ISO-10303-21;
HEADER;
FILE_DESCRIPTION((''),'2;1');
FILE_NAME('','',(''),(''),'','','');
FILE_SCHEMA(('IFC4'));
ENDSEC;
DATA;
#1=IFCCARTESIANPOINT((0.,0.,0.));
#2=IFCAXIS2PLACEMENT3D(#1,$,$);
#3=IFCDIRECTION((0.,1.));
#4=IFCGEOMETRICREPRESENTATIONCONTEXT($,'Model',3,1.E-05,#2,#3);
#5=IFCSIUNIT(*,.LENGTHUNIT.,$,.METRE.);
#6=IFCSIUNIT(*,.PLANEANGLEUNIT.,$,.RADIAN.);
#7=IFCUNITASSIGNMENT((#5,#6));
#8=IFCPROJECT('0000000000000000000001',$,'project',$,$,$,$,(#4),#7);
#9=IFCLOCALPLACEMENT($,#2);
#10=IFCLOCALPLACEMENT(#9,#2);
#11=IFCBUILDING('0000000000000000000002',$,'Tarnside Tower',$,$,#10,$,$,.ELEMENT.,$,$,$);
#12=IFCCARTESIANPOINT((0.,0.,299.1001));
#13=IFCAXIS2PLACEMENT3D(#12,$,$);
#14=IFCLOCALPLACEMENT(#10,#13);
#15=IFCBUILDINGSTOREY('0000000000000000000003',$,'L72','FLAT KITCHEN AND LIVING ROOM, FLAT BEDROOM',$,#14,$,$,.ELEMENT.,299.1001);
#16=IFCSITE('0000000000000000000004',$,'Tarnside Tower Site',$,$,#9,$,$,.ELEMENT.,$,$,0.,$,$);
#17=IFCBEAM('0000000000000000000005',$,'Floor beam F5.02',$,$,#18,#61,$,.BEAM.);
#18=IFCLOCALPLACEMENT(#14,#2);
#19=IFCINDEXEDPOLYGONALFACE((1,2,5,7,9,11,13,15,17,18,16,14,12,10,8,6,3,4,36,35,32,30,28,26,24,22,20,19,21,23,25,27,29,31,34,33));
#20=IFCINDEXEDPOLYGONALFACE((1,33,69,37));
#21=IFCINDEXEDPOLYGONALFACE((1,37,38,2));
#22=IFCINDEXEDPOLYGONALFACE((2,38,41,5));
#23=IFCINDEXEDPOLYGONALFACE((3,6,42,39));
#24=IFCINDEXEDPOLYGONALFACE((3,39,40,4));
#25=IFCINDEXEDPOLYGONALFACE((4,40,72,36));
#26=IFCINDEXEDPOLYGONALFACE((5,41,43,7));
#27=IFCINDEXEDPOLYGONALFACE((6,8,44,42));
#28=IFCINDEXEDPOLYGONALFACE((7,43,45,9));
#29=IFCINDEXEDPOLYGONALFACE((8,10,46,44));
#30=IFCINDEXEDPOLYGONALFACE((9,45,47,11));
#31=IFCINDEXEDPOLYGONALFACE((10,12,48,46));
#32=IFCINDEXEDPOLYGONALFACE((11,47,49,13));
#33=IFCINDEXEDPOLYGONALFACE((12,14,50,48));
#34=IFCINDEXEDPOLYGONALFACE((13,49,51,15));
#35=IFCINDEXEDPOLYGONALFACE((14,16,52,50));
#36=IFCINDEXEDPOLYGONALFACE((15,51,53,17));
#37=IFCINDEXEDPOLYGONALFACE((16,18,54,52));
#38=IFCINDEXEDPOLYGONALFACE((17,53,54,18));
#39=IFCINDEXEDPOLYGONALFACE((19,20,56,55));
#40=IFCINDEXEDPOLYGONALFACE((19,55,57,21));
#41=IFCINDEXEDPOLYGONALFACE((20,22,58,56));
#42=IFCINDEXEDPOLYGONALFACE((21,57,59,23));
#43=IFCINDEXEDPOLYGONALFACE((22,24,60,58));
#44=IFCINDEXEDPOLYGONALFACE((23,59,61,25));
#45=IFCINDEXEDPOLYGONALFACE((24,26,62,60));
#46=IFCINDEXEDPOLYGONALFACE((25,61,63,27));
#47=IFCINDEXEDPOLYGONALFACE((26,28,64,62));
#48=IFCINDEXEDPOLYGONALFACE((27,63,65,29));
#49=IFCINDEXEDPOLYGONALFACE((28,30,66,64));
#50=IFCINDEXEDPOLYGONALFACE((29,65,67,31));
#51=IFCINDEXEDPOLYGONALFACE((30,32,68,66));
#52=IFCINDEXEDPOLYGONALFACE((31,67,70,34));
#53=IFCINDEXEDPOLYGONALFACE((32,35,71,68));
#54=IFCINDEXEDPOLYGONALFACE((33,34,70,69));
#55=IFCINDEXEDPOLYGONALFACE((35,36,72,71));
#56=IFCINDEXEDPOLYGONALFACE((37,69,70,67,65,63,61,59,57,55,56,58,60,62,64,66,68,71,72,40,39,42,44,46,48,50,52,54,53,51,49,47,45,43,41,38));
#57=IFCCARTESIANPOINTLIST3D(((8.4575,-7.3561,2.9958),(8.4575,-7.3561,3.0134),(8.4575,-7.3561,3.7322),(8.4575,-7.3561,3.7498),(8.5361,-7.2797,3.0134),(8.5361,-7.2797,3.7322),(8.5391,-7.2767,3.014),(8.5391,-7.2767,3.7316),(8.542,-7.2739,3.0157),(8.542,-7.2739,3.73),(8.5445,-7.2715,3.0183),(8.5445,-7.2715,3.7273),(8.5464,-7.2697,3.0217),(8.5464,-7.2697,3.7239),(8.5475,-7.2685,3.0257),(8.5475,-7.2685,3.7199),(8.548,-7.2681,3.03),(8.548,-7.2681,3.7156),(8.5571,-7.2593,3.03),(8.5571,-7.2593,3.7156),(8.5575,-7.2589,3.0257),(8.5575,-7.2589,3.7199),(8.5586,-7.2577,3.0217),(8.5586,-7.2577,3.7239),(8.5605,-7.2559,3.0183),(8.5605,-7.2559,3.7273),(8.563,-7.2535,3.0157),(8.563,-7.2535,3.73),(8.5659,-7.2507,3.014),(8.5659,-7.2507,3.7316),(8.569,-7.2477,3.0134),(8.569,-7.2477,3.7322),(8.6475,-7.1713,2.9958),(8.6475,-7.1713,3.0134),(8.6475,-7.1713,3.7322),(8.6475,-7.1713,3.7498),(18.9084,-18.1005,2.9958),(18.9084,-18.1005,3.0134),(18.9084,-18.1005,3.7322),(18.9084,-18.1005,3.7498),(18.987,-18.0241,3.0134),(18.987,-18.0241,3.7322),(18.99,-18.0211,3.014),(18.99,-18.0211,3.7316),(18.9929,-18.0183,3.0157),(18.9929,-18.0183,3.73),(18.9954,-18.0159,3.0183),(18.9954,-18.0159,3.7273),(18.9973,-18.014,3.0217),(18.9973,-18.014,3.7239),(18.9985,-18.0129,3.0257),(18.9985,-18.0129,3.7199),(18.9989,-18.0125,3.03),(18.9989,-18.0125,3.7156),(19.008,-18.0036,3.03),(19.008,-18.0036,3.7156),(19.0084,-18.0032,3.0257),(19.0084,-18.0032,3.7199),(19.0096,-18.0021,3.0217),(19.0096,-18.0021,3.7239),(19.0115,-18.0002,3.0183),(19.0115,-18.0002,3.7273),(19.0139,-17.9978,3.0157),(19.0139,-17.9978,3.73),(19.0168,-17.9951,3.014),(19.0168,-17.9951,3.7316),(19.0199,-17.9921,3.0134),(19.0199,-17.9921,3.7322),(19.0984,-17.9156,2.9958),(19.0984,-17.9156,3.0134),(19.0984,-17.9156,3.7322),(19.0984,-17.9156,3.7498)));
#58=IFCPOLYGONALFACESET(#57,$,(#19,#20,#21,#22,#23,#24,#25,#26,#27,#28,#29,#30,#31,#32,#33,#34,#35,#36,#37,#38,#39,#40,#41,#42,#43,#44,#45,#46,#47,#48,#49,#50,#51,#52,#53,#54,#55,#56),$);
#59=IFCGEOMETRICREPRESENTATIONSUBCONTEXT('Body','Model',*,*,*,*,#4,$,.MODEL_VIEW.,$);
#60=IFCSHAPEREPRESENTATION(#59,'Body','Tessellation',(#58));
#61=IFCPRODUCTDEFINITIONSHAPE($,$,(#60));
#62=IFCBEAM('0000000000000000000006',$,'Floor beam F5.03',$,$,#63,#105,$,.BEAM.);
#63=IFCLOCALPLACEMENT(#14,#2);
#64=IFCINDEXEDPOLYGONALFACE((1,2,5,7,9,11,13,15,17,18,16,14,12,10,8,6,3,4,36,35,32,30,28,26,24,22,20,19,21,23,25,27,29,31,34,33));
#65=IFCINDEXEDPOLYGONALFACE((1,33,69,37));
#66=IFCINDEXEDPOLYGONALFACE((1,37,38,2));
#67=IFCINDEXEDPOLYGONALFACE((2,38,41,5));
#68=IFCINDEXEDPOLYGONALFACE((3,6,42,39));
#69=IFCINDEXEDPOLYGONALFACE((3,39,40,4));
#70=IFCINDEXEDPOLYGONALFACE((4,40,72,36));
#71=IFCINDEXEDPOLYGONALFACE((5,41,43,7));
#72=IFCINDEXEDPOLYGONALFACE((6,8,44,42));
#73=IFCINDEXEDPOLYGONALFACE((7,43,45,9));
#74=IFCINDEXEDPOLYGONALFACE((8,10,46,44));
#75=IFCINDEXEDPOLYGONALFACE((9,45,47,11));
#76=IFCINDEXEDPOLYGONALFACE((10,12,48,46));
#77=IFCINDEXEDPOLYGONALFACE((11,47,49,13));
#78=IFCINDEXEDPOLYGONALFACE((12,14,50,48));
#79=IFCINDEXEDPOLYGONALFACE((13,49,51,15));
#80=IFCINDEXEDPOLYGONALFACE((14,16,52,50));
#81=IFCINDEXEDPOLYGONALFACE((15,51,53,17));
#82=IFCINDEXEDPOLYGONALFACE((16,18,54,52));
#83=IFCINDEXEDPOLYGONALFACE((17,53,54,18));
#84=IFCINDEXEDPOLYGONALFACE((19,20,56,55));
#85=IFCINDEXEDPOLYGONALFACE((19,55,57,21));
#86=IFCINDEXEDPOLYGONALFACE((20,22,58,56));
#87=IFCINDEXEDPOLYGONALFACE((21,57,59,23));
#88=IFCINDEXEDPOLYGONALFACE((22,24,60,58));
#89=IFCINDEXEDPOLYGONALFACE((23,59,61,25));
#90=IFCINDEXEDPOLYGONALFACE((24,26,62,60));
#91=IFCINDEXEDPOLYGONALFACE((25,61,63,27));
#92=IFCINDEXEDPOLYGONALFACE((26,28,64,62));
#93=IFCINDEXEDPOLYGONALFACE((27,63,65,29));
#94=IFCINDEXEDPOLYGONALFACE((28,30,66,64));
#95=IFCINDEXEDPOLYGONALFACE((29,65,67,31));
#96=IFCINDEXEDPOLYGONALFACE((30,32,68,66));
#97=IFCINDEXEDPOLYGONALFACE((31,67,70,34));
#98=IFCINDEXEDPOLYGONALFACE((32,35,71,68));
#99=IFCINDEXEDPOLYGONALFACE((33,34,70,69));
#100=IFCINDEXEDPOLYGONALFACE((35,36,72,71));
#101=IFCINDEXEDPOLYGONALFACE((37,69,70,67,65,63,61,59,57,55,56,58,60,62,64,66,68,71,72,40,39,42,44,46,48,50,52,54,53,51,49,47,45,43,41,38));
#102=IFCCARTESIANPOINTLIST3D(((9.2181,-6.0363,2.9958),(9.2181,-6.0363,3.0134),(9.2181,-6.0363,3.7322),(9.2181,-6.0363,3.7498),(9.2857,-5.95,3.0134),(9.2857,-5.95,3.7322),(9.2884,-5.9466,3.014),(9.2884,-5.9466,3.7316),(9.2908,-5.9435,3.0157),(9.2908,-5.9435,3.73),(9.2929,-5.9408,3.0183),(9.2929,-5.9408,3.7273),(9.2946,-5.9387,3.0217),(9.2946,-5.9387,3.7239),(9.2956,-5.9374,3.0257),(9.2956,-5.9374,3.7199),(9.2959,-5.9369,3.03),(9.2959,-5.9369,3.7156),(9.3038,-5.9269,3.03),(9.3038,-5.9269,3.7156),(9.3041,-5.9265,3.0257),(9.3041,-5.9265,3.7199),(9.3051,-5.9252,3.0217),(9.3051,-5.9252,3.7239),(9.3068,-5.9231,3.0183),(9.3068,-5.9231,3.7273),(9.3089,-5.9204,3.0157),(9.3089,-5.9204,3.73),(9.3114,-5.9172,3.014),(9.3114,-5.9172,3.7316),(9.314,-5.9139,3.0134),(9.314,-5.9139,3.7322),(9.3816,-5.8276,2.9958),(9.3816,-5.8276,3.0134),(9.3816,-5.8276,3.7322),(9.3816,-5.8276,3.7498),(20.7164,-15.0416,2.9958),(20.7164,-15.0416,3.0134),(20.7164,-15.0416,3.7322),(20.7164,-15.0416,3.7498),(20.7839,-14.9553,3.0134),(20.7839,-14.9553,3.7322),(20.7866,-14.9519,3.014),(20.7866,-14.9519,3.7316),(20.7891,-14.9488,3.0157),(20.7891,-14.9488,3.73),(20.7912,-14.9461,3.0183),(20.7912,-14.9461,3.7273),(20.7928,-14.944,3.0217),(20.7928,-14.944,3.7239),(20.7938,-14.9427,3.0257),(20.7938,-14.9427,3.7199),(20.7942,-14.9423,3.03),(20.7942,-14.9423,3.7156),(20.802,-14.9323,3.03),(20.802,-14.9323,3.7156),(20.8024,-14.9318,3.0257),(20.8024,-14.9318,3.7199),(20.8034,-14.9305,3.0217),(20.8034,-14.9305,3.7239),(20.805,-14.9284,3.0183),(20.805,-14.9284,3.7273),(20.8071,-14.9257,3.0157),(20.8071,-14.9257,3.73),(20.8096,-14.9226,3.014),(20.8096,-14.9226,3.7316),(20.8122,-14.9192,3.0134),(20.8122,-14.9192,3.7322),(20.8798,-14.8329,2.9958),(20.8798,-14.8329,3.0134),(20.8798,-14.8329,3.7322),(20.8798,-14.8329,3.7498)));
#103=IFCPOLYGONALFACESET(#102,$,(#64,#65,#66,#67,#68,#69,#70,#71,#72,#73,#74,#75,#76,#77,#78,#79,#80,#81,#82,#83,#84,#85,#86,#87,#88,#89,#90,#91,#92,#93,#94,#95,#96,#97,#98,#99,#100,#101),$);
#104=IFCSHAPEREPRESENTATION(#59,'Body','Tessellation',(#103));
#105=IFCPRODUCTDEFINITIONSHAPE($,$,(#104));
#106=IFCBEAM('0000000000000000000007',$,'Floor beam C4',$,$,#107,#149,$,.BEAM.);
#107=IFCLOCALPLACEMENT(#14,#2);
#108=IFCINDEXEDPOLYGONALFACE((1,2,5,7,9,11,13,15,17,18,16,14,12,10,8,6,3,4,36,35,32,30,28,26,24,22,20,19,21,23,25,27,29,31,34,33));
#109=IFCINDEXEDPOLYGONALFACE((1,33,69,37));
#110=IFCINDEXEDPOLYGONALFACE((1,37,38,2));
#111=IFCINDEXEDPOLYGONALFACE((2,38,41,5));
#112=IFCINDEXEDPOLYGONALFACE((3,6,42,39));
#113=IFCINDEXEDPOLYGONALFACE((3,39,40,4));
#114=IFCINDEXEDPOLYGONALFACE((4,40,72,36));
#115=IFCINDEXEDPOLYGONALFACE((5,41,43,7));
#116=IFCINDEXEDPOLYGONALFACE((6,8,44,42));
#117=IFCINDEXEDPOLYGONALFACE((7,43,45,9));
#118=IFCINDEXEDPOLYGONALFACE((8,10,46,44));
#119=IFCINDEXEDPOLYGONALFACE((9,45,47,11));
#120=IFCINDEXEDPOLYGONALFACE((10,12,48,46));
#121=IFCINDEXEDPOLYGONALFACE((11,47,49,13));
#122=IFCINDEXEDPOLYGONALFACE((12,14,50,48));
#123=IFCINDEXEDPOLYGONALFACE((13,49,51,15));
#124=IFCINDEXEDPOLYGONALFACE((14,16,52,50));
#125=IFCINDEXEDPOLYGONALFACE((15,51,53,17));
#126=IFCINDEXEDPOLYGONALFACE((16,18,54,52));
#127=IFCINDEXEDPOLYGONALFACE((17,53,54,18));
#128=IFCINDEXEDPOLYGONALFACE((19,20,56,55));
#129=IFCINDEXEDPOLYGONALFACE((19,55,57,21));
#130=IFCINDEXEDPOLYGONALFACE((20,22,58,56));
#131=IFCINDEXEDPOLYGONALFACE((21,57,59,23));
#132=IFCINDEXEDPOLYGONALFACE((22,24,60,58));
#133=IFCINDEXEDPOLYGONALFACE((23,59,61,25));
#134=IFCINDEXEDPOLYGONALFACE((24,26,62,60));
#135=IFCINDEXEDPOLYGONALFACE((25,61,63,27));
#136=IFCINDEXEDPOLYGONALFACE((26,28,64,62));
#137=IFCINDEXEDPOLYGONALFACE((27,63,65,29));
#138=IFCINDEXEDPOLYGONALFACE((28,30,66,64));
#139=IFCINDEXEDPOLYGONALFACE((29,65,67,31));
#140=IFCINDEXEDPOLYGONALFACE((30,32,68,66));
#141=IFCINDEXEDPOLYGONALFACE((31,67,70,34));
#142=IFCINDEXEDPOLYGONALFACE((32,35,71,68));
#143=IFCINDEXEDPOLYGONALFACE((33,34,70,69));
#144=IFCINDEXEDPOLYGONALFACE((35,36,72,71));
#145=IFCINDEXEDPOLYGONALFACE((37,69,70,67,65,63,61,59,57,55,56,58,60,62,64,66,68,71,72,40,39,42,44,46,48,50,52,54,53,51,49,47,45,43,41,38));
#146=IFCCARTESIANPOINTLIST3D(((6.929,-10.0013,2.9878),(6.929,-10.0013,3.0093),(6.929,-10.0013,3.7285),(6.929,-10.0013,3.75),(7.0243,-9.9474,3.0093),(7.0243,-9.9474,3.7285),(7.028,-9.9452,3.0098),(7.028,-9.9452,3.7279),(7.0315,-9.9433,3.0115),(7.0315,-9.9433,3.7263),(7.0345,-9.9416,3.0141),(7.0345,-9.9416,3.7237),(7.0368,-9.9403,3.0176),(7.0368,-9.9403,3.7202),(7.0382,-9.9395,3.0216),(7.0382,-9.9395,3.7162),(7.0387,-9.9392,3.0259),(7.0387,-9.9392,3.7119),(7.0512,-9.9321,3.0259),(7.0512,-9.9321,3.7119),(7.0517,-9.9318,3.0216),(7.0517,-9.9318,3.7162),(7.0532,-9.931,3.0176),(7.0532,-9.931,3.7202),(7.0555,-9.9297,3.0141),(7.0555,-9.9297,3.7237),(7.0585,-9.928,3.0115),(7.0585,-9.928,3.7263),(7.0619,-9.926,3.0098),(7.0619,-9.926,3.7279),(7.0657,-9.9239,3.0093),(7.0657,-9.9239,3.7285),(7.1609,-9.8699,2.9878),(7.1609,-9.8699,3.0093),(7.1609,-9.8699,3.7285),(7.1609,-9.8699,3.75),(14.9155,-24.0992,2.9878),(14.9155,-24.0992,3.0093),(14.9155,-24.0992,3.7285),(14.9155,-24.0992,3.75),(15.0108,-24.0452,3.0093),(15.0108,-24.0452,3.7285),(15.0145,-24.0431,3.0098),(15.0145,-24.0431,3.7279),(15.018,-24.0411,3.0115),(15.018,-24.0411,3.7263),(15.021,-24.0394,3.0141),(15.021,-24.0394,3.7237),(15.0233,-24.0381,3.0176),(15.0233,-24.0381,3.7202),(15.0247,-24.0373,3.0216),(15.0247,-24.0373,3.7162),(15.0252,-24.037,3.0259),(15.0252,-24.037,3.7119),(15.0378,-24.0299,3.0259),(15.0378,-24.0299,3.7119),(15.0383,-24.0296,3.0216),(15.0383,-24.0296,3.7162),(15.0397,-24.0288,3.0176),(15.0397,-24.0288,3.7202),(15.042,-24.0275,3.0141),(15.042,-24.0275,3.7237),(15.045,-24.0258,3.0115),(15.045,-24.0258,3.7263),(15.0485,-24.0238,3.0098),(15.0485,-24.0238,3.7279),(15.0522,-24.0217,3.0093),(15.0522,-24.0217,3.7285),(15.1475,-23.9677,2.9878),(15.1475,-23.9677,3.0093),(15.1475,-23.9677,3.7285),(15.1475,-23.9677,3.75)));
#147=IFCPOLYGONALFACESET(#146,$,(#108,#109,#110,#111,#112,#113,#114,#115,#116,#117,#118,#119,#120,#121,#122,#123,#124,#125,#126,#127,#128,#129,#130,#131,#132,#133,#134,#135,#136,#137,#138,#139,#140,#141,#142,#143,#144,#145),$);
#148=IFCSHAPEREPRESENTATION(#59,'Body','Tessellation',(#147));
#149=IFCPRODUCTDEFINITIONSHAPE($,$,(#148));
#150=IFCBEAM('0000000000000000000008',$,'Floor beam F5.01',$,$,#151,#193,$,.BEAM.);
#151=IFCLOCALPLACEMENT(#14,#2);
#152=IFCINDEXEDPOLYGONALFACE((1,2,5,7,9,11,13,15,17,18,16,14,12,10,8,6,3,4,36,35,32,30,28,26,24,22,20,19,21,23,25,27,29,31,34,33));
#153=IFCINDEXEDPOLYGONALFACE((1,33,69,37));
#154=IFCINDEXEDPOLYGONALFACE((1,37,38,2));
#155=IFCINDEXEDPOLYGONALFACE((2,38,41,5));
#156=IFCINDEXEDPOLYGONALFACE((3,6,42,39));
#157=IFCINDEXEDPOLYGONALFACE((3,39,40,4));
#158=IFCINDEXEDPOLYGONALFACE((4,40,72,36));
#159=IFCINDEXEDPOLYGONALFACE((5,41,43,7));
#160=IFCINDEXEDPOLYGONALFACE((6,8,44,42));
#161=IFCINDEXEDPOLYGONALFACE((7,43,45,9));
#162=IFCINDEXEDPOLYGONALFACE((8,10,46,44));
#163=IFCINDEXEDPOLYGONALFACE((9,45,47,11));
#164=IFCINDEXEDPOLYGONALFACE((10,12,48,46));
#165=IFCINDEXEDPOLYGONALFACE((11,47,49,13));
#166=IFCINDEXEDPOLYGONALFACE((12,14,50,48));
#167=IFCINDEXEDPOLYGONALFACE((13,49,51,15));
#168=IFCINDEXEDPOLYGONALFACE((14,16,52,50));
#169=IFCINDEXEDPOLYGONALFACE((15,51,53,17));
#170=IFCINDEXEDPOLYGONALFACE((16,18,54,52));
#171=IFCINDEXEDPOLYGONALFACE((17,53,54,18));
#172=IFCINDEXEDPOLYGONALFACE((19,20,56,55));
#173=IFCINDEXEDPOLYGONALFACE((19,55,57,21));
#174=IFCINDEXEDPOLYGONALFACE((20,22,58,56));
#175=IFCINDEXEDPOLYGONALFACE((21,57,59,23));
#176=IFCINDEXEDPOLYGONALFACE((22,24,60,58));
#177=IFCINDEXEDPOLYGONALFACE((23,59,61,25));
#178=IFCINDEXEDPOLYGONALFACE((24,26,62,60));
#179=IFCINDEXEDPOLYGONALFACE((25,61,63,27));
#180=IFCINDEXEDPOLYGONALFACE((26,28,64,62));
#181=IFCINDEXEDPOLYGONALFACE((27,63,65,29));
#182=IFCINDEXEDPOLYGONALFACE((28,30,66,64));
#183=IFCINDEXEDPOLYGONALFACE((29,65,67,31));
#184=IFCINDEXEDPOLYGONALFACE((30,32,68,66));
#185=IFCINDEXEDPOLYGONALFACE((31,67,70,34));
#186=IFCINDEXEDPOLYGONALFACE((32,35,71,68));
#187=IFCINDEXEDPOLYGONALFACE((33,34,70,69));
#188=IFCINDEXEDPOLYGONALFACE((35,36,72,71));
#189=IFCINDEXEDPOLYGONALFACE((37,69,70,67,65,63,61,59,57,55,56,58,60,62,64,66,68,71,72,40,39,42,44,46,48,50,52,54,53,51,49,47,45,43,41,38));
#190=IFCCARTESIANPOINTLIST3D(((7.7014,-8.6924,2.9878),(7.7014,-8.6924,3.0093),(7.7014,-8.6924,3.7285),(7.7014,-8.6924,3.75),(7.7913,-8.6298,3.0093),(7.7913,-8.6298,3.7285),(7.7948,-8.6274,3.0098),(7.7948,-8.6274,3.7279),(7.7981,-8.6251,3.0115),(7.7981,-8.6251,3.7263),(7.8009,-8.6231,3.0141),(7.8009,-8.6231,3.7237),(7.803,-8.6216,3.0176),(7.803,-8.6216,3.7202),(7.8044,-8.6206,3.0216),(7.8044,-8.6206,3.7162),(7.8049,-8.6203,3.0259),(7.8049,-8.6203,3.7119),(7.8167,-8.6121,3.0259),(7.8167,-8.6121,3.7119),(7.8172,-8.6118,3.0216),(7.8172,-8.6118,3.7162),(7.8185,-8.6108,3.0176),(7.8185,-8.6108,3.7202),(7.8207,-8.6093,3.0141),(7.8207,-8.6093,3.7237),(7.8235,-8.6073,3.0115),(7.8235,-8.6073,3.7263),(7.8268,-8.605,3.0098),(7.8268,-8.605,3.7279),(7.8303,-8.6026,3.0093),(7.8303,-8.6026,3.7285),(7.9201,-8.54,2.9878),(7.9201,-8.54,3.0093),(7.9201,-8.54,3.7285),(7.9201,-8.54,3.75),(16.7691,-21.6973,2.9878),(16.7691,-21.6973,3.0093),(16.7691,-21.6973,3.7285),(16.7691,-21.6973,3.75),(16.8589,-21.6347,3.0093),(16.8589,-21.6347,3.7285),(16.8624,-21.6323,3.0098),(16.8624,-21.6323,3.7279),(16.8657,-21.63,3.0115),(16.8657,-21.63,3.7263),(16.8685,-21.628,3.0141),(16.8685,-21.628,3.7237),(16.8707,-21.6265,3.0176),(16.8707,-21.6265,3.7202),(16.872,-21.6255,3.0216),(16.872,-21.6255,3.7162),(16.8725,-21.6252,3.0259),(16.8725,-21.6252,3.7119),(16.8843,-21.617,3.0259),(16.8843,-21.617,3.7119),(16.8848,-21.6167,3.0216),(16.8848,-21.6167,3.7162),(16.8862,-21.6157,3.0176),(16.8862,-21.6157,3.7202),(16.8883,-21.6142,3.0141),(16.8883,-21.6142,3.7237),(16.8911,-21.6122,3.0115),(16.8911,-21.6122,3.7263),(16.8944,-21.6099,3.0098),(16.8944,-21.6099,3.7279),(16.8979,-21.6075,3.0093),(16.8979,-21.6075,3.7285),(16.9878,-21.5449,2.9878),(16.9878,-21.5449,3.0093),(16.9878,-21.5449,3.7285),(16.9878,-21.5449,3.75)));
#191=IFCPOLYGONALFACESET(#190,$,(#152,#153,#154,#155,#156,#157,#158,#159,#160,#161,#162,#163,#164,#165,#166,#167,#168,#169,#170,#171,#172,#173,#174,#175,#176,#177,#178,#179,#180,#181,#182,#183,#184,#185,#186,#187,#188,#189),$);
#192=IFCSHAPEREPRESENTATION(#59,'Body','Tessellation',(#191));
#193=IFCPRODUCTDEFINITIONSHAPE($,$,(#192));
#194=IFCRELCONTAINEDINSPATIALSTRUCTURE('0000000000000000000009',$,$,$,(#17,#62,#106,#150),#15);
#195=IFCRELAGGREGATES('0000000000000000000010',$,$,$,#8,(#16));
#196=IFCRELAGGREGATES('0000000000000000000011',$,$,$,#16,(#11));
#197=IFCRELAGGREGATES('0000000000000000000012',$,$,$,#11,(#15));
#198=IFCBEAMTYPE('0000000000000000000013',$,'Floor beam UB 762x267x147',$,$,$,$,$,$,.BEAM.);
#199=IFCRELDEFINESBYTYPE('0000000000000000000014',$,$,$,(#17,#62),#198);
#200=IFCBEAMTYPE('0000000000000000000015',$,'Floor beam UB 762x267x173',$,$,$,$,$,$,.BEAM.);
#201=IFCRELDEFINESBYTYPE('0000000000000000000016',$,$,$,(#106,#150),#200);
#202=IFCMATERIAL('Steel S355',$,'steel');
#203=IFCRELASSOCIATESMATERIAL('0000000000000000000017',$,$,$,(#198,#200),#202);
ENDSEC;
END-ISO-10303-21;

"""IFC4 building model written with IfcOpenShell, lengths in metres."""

from ifc_helpers import new_model, si_unit, direction, frame, origin, origin_2d, place, context, subcontext, project, spatial, i_section, extrude, material, material_profile, profile_set, type_object, element, save


model = new_model("IFC4")

# Units and contexts
model_context = context("Model", 3, precision=1e-05, world=origin(), true_north=direction((0.0, 1.0)))
body_context = subcontext(model_context, "Body", "Model", "MODEL_VIEW")
ifc_project = project(units=[si_unit("LENGTHUNIT", "METRE"), si_unit("PLANEANGLEUNIT", "RADIAN")], contexts=[model_context])

# Site, building, storey
site_placement = place(None, origin())
site = spatial("IfcSite", under=ifc_project, at=site_placement, Name="Tarnside Tower Site", CompositionType="ELEMENT", RefElevation=0.0)
building_placement = place(site_placement, origin())
building = spatial("IfcBuilding", under=site, at=building_placement, Name="Tarnside Tower", CompositionType="ELEMENT")
storey_placement = place(building_placement, frame((0.0, 0.0, 299.1001)))
storey = spatial("IfcBuildingStorey", under=building, at=storey_placement, Name="L72", Description="FLAT KITCHEN AND LIVING ROOM, FLAT BEDROOM", CompositionType="ELEMENT", Elevation=299.1001)

# Beams
ifc_material_1 = material(Name="Steel S355", Category="steel")
ifc_material_profile_1 = material_profile(ifc_material_1, i_section(OverallWidth=0.2651, OverallDepth=0.7539, WebThickness=0.0127, FlangeThickness=0.0176, FilletRadius=0.0166, at=origin_2d()), Name="UB 762x267x147")
ifc_profile_set_1 = profile_set([ifc_material_profile_1], Name="Steel S355")
beam_type_1 = type_object("IfcBeamType", Name="Floor beam UB 762x267x147", PredefinedType="BEAM", material=ifc_profile_set_1)
beam_1_placement = place(storey_placement, frame((19.0034, -18.0081, 3.3728), z_axis=(-0.69725, 0.716828, 0.0), x_axis=(-0.716828, -0.69725, 0.0)))
element("IfcBeam", 1, at=beam_1_placement, inside=storey, type_object=beam_type_1, Name="Floor beam F5.02", PredefinedType="BEAM", context=body_context, shape_type="SweptSolid", body=[
    extrude(i_section(OverallWidth=0.2651, OverallDepth=0.7539, WebThickness=0.0127, FlangeThickness=0.0176, FilletRadius=0.0166, at=origin_2d()), origin(), (0.0, 0.0, 1.0), 14.9888),
])
beam_2_placement = place(storey_placement, frame((20.7981, -14.9373, 3.3728), z_axis=(-0.787282, 0.616593, 0.0), x_axis=(-0.616593, -0.787282, 0.0)))
element("IfcBeam", 2, at=beam_2_placement, inside=storey, type_object=beam_type_1, Name="Floor beam F5.03", PredefinedType="BEAM", context=body_context, shape_type="SweptSolid", body=[
    extrude(i_section(OverallWidth=0.2651, OverallDepth=0.7539, WebThickness=0.0127, FlangeThickness=0.0176, FilletRadius=0.0166, at=origin_2d()), origin(), (0.0, 0.0, 1.0), 14.605),
])
ifc_material_profile_2 = material_profile(ifc_material_1, i_section(OverallWidth=0.2666, OverallDepth=0.7622, WebThickness=0.0144, FlangeThickness=0.0215, FilletRadius=0.0166, at=origin_2d()), Name="UB 762x267x173")
ifc_profile_set_2 = profile_set([ifc_material_profile_2], Name="Steel S355")
beam_type_2 = type_object("IfcBeamType", Name="Floor beam UB 762x267x173", PredefinedType="BEAM", material=ifc_profile_set_2)
beam_3_placement = place(storey_placement, frame((15.0315, -24.0334, 3.3689), z_axis=(-0.492908, 0.870081, 0.0), x_axis=(-0.870081, -0.492908, 0.0)))
element("IfcBeam", 3, at=beam_3_placement, inside=storey, type_object=beam_type_2, Name="Floor beam C4", PredefinedType="BEAM", context=body_context, shape_type="SweptSolid", body=[
    extrude(i_section(OverallWidth=0.2666, OverallDepth=0.7622, WebThickness=0.0144, FlangeThickness=0.0215, FilletRadius=0.0166, at=origin_2d()), origin(), (0.0, 0.0, 1.0), 16.2029),
])
beam_4_placement = place(storey_placement, frame((16.8784, -21.6211, 3.3689), z_axis=(-0.571946, 0.820291, 0.0), x_axis=(-0.820291, -0.571946, 0.0)))
element("IfcBeam", 4, at=beam_4_placement, inside=storey, type_object=beam_type_2, Name="Floor beam F5.01", PredefinedType="BEAM", context=body_context, shape_type="SweptSolid", body=[
    extrude(i_section(OverallWidth=0.2666, OverallDepth=0.7622, WebThickness=0.0144, FlangeThickness=0.0215, FilletRadius=0.0166, at=origin_2d()), origin(), (0.0, 0.0, 1.0), 15.854),
])

save(model, "model.ifc")
